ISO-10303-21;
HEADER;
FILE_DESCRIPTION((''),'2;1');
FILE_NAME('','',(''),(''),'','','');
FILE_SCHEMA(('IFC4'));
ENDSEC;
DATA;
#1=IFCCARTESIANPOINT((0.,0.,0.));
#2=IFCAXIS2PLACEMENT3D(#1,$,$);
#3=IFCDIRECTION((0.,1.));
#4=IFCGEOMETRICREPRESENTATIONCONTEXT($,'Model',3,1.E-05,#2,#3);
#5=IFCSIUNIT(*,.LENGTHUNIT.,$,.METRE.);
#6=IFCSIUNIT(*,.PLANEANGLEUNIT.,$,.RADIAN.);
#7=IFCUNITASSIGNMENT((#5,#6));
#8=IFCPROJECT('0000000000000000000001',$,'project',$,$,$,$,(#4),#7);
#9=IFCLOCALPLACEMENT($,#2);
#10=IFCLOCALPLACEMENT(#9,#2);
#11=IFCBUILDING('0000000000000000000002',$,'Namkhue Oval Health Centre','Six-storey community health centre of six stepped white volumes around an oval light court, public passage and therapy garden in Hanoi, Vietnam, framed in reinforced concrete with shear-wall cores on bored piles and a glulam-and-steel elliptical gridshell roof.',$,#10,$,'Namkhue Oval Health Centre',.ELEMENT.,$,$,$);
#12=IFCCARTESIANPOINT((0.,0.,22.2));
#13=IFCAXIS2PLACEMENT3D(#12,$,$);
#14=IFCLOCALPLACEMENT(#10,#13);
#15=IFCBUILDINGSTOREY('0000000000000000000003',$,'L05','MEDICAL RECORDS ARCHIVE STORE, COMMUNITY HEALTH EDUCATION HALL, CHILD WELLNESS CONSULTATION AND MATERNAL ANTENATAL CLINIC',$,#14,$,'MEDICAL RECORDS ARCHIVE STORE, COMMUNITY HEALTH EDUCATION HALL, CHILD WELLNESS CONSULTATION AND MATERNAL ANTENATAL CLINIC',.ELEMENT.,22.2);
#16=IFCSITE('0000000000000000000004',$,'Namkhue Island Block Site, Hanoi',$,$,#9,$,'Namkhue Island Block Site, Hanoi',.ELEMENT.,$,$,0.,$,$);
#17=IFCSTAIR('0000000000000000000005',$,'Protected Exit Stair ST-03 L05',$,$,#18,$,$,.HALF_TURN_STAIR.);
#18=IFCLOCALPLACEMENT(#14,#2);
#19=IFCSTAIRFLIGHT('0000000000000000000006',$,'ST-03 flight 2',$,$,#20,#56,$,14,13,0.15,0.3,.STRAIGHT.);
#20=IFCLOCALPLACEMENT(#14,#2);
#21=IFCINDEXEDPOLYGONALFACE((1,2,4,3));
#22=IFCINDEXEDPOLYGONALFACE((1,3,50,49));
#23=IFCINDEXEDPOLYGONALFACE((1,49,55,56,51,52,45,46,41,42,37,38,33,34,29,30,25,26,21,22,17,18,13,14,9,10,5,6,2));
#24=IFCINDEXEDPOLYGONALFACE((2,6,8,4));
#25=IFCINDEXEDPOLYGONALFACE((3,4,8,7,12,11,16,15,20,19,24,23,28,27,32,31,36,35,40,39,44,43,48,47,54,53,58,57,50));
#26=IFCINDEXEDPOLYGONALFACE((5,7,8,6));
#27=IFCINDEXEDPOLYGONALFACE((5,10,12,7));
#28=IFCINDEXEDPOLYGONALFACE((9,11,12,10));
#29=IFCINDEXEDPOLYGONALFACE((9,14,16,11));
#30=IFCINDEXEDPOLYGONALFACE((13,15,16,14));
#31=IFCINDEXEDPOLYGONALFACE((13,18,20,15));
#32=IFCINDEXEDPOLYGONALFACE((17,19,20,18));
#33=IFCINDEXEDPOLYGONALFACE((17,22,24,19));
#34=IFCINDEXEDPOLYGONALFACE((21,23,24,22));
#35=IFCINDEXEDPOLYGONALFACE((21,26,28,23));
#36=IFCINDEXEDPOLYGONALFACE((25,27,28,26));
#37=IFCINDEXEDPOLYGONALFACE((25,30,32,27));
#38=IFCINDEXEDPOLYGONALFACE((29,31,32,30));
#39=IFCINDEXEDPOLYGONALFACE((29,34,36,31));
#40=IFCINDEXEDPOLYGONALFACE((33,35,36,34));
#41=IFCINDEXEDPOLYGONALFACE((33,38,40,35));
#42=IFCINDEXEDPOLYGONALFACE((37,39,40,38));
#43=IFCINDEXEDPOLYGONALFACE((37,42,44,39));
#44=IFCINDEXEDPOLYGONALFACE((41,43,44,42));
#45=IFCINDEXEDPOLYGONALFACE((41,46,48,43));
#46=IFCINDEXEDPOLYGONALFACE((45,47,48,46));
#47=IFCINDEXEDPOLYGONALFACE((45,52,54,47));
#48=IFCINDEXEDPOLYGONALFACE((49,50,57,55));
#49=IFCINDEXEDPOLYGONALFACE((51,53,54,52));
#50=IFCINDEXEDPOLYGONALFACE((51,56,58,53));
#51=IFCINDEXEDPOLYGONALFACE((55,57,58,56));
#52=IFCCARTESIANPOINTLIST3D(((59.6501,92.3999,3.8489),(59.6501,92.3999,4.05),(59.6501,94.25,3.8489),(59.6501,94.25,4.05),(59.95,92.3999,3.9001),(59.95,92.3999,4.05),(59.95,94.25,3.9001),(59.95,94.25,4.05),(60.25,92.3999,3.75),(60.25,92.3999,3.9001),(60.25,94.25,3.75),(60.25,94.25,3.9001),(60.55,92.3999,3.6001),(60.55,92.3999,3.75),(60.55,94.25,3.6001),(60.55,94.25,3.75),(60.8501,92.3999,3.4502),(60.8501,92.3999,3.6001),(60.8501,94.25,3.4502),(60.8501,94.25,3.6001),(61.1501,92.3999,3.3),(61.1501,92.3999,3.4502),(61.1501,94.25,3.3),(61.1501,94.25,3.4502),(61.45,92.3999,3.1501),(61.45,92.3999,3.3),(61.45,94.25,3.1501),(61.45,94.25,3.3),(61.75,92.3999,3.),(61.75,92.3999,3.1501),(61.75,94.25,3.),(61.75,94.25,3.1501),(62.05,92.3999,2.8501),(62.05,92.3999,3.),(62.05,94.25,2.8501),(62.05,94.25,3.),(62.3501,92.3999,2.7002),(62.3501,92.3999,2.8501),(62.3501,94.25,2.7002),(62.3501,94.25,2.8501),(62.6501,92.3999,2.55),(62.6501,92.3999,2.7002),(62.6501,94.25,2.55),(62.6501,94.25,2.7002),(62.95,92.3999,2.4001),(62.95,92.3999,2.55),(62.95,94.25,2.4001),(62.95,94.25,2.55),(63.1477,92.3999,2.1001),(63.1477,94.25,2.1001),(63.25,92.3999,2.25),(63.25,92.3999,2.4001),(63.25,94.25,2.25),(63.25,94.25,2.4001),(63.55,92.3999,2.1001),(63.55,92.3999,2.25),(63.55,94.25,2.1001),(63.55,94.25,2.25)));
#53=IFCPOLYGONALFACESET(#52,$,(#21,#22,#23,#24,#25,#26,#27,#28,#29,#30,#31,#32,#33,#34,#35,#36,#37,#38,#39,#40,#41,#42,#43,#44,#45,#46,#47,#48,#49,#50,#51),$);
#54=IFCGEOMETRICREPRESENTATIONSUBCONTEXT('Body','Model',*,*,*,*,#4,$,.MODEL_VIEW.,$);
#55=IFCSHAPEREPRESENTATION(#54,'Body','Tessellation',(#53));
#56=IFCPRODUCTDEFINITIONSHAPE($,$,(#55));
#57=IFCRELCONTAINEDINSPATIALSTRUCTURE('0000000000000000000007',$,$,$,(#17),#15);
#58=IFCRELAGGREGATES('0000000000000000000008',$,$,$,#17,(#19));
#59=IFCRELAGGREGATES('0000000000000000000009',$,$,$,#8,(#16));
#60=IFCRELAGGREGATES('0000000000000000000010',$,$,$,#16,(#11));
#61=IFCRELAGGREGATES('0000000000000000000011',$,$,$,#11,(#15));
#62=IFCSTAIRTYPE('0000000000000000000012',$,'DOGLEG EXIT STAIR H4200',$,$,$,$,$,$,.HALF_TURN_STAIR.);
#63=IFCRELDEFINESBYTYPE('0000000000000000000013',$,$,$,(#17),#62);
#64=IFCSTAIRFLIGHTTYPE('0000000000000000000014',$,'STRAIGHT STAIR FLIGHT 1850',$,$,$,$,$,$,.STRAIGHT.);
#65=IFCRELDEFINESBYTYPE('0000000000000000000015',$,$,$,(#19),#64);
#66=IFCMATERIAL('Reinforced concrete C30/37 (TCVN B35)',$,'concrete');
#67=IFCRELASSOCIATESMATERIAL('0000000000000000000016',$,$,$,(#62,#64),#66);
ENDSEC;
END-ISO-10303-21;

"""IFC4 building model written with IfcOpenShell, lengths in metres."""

from ifc_helpers import new_model, si_unit, direction, frame, origin, place, context, subcontext, project, spatial, polyline, outline, extrude, material, type_object, element, aggregate, save


model = new_model("IFC4")

# Units and contexts
model_context = context("Model", 3, precision=1e-05, world=origin(), true_north=direction((0.0, 1.0)))
body_context = subcontext(model_context, "Body", "Model", "MODEL_VIEW")
ifc_project = project(units=[si_unit("LENGTHUNIT", "METRE"), si_unit("PLANEANGLEUNIT", "RADIAN")], contexts=[model_context])

# Site, building, storey
site_placement = place(None, origin())
site = spatial("IfcSite", under=ifc_project, at=site_placement, Name="Namkhue Island Block Site, Hanoi", LongName="Namkhue Island Block Site, Hanoi", CompositionType="ELEMENT", RefElevation=0.0)
building_placement = place(site_placement, origin())
building = spatial("IfcBuilding", under=site, at=building_placement, Name="Namkhue Oval Health Centre", Description="Six-storey community health centre of six stepped white volumes around an oval light court, public passage and therapy garden in Hanoi, Vietnam, framed in reinforced concrete with shear-wall cores on bored piles and a glulam-and-steel elliptical gridshell roof.", LongName="Namkhue Oval Health Centre", CompositionType="ELEMENT")
storey_placement = place(building_placement, frame((0.0, 0.0, 22.2)))
storey = spatial("IfcBuildingStorey", under=building, at=storey_placement, Name="L05", Description="MEDICAL RECORDS ARCHIVE STORE, COMMUNITY HEALTH EDUCATION HALL, CHILD WELLNESS CONSULTATION AND MATERNAL ANTENATAL CLINIC", LongName="MEDICAL RECORDS ARCHIVE STORE, COMMUNITY HEALTH EDUCATION HALL, CHILD WELLNESS CONSULTATION AND MATERNAL ANTENATAL CLINIC", CompositionType="ELEMENT", Elevation=22.2)

# Shared definitions
ifc_material_1 = material(Name="Reinforced concrete C30/37 (TCVN B35)", Category="concrete")

# Stair, stair flight
stair_type = type_object("IfcStairType", Name="DOGLEG EXIT STAIR H4200", PredefinedType="HALF_TURN_STAIR", material=ifc_material_1)
stair_placement = place(storey_placement, origin())
stair = element("IfcStair", 1, at=stair_placement, inside=storey, type_object=stair_type, Name="Protected Exit Stair ST-03 L05", PredefinedType="HALF_TURN_STAIR")
stair_flight_type = type_object("IfcStairFlightType", Name="STRAIGHT STAIR FLIGHT 1850", PredefinedType="STRAIGHT", material=ifc_material_1)
stair_flight_placement = place(storey_placement, frame((63.55, 93.325, 2.1001), z_axis=(0.0, 0.0, 1.0), x_axis=(-1.0, 0.0, 0.0)))
stair_flight = element("IfcStairFlight", 2, at=stair_flight_placement, type_object=stair_flight_type, Name="ST-03 flight 2", NumberOfRisers=14, NumberOfTreads=13, PredefinedType="STRAIGHT", RiserHeight=0.15, TreadLength=0.3, context=body_context, shape_type="SweptSolid", body=[
    extrude(outline(polyline([(0.0, 0.0), (0.0, 0.1499), (0.3, 0.1499), (0.3, 0.3), (0.6001, 0.3), (0.6001, 0.45), (0.8999, 0.45), (0.8999, 0.6001), (1.2, 0.6001), (1.2, 0.75), (1.5, 0.75), (1.5, 0.8999), (1.8, 0.8999), (1.8, 1.05), (2.1001, 1.05), (2.1001, 1.2), (2.3999, 1.2), (2.3999, 1.3501), (2.7, 1.3501), (2.7, 1.5), (3.0, 1.5), (3.0, 1.6499), (3.3, 1.6499), (3.3, 1.8), (3.6001, 1.8), (3.6001, 1.95), (3.8999, 1.95), (3.8999, 2.1001), (3.8999, 1.7488), (0.4023, 0.0), (0.0, 0.0)])), frame((0.0, 0.925, 0.0), z_axis=(0.0, -1.0, 0.0), x_axis=(1.0, 0.0, 0.0)), (0.0, 0.0, 1.0), 1.8501),
])
aggregate(stair, [stair_flight])

save(model, "model.ifc")
